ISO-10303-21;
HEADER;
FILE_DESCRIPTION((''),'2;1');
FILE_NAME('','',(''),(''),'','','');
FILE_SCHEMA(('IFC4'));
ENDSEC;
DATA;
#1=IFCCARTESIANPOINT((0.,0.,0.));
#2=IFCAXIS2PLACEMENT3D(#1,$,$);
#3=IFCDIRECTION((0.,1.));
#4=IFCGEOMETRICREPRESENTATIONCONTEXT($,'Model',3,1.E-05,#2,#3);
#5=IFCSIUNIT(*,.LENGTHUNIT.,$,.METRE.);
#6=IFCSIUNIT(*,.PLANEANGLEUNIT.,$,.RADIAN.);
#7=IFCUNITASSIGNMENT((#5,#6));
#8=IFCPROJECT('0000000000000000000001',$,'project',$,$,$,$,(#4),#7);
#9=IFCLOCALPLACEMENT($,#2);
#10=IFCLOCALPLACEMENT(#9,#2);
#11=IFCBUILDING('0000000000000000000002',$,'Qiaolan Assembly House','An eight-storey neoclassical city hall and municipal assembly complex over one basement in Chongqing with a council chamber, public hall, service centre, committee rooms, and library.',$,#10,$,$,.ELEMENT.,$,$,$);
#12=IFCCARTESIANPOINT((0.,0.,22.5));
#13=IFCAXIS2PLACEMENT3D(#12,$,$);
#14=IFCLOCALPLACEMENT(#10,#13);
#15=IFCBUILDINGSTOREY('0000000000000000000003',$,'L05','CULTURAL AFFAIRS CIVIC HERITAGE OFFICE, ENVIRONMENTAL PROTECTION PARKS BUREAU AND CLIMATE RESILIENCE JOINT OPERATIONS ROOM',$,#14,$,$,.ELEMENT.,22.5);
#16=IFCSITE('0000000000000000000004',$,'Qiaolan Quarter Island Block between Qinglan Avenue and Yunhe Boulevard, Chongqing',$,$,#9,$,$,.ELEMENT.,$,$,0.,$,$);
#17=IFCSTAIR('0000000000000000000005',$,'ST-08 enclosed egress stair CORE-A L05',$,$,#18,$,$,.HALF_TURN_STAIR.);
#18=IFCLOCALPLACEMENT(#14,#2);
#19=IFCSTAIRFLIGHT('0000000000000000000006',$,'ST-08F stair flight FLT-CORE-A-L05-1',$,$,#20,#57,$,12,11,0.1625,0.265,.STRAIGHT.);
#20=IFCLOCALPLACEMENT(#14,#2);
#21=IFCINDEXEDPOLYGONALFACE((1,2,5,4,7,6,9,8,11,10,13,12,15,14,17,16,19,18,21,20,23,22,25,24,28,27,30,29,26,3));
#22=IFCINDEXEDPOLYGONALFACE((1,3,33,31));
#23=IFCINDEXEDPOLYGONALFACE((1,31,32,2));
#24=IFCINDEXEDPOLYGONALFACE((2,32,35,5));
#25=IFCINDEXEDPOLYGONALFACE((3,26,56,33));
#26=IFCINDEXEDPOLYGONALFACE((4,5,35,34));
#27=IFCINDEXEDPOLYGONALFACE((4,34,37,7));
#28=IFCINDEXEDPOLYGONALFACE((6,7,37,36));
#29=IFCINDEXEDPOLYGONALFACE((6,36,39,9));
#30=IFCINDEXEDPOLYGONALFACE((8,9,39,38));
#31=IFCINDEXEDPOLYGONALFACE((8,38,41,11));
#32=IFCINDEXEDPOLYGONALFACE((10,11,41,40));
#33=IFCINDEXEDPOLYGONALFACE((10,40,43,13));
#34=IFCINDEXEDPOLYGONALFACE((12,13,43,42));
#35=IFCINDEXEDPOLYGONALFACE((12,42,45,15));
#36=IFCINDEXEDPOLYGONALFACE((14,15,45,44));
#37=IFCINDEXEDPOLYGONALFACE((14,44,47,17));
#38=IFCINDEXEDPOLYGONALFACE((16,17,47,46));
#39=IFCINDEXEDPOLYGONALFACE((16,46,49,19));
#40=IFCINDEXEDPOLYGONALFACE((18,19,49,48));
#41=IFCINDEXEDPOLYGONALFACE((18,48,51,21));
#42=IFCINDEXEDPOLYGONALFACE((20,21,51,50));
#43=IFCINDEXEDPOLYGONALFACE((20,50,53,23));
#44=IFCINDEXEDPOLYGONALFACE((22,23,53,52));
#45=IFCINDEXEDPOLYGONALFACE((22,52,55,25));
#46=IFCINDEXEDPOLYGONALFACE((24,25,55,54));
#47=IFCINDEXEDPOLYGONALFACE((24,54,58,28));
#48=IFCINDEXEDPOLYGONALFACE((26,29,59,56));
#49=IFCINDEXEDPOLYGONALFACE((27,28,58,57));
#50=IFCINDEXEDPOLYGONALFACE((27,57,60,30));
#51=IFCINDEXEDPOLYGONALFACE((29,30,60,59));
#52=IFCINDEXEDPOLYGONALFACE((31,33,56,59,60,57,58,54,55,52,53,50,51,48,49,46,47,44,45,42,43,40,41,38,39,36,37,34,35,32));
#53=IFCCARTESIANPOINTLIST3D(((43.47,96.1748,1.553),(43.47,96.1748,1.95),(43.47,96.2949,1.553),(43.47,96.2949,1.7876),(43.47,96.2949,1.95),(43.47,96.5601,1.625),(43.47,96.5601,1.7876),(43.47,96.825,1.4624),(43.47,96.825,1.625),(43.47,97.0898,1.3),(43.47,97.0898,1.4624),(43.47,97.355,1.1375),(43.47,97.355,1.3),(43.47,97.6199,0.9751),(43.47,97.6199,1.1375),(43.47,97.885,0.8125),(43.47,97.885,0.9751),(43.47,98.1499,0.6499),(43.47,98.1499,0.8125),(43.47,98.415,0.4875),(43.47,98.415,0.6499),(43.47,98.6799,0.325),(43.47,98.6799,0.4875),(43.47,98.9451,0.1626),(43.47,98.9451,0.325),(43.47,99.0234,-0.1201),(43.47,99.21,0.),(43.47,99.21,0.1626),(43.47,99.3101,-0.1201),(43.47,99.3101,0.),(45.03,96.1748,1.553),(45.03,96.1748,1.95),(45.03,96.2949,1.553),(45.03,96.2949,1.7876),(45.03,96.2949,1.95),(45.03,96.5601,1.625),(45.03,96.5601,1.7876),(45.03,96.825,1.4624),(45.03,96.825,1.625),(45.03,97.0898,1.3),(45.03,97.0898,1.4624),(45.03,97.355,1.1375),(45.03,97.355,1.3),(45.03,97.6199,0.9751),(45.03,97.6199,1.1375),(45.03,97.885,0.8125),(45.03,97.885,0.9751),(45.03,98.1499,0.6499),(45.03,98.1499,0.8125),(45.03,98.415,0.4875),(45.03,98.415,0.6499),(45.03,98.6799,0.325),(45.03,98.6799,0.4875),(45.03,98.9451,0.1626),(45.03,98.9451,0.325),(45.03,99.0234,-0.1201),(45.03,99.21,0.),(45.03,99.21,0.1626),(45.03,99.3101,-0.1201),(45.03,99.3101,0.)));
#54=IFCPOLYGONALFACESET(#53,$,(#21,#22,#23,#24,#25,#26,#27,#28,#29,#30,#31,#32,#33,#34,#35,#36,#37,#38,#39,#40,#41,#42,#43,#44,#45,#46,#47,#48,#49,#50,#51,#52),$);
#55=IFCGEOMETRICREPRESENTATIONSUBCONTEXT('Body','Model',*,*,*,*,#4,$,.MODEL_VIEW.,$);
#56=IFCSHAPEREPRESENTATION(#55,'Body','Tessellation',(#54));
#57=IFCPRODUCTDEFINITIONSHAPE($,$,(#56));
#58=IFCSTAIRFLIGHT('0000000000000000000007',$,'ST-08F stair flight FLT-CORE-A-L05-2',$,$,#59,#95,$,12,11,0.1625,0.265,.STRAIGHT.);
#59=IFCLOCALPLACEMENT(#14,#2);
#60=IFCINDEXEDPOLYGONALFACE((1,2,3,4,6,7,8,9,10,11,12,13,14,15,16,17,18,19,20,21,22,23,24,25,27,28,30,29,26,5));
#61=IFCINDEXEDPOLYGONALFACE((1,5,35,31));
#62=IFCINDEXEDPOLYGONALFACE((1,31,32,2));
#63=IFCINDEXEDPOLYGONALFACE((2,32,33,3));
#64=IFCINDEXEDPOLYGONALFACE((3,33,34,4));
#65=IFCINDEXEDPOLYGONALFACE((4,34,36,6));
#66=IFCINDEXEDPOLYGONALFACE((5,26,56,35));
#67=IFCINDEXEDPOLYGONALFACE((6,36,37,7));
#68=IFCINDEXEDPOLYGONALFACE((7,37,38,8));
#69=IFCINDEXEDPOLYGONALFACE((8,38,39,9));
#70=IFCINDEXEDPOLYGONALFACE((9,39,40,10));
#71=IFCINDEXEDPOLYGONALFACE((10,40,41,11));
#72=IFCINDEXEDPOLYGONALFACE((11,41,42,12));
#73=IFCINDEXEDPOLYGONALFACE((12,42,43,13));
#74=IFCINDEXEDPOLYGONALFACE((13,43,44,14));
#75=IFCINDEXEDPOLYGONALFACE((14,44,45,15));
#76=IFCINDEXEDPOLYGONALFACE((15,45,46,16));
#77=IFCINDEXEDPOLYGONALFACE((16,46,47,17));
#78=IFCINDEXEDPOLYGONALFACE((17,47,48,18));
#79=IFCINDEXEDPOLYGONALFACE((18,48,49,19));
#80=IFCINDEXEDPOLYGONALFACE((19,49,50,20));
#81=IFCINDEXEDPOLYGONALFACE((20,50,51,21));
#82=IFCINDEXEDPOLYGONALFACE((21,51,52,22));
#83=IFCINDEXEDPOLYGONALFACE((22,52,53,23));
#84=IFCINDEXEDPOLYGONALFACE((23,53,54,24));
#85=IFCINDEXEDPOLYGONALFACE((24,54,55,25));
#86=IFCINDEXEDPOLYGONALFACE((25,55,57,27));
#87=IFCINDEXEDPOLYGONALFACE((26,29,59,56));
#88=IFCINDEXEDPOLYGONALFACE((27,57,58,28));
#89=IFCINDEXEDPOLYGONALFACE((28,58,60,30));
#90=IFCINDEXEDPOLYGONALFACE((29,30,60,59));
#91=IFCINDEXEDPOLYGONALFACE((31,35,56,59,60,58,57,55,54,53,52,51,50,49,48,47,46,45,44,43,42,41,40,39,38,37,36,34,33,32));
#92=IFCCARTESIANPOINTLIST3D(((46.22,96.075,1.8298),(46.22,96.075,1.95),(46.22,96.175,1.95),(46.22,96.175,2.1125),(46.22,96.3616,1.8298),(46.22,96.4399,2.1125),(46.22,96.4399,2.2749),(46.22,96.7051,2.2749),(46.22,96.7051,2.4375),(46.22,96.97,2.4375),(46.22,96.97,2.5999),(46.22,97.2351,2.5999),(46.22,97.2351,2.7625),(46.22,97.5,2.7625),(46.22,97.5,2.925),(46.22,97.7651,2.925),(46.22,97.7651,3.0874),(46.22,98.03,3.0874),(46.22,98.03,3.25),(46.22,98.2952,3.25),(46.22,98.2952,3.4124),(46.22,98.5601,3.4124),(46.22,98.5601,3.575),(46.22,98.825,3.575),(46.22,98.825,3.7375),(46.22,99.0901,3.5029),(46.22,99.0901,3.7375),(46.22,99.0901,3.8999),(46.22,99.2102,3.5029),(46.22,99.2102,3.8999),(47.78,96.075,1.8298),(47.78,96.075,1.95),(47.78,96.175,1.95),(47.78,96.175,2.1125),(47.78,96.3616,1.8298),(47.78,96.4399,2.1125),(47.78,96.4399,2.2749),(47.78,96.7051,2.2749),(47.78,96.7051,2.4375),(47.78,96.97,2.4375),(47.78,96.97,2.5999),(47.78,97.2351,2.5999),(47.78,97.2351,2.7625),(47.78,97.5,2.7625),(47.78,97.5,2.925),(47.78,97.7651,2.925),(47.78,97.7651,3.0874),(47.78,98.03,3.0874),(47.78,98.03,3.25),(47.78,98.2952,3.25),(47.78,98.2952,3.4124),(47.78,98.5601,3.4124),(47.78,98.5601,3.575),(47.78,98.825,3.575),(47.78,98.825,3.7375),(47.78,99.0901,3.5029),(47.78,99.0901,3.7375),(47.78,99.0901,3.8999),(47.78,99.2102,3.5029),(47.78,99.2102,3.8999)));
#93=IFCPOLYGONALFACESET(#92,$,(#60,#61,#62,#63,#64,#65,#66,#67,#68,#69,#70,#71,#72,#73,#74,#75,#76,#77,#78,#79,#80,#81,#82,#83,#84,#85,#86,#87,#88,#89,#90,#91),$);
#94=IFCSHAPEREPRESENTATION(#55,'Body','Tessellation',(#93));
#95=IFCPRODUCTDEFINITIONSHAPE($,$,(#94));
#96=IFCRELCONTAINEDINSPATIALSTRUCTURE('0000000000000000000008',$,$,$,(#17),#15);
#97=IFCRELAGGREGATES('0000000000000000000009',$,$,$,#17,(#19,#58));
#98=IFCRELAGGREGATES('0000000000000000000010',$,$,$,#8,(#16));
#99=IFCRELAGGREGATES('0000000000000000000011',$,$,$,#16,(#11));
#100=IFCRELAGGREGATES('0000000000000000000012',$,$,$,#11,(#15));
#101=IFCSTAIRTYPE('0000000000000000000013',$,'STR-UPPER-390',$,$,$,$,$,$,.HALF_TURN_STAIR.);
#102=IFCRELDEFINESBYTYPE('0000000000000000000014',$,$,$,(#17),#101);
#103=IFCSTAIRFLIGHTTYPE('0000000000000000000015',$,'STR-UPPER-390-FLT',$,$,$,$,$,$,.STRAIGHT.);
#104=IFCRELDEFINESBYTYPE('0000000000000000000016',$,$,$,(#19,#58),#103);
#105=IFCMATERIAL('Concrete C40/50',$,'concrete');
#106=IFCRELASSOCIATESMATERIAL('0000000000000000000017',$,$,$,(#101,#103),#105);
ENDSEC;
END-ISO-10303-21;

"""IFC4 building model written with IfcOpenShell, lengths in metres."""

from ifc_helpers import new_model, si_unit, direction, frame, origin, place, context, subcontext, project, spatial, polyline, outline, extrude, material, type_object, element, aggregate, save


model = new_model("IFC4")

# Units and contexts
model_context = context("Model", 3, precision=1e-05, world=origin(), true_north=direction((0.0, 1.0)))
body_context = subcontext(model_context, "Body", "Model", "MODEL_VIEW")
ifc_project = project(units=[si_unit("LENGTHUNIT", "METRE"), si_unit("PLANEANGLEUNIT", "RADIAN")], contexts=[model_context])

# Site, building, storey
site_placement = place(None, origin())
site = spatial("IfcSite", under=ifc_project, at=site_placement, Name="Qiaolan Quarter Island Block between Qinglan Avenue and Yunhe Boulevard, Chongqing", CompositionType="ELEMENT", RefElevation=0.0)
building_placement = place(site_placement, origin())
building = spatial("IfcBuilding", under=site, at=building_placement, Name="Qiaolan Assembly House", Description="An eight-storey neoclassical city hall and municipal assembly complex over one basement in Chongqing with a council chamber, public hall, service centre, committee rooms, and library.", CompositionType="ELEMENT")
storey_placement = place(building_placement, frame((0.0, 0.0, 22.5)))
storey = spatial("IfcBuildingStorey", under=building, at=storey_placement, Name="L05", Description="CULTURAL AFFAIRS CIVIC HERITAGE OFFICE, ENVIRONMENTAL PROTECTION PARKS BUREAU AND CLIMATE RESILIENCE JOINT OPERATIONS ROOM", CompositionType="ELEMENT", Elevation=22.5)

# Shared definitions
ifc_material_1 = material(Name="Concrete C40/50", Category="concrete")

# Stair, stair flights
stair_type = type_object("IfcStairType", Name="STR-UPPER-390", PredefinedType="HALF_TURN_STAIR", material=ifc_material_1)
stair_placement = place(storey_placement, origin())
stair = element("IfcStair", 1, at=stair_placement, inside=storey, type_object=stair_type, Name="ST-08 enclosed egress stair CORE-A L05", PredefinedType="HALF_TURN_STAIR")
stair_flight_type = type_object("IfcStairFlightType", Name="STR-UPPER-390-FLT", PredefinedType="STRAIGHT", material=ifc_material_1)
stair_flight_1_placement = place(storey_placement, frame((44.25, 99.21, 0.0), z_axis=(0.0, 0.0, 1.0), x_axis=(0.0, -1.0, 0.0)))
stair_flight_1 = element("IfcStairFlight", 2, at=stair_flight_1_placement, type_object=stair_flight_type, Name="ST-08F stair flight FLT-CORE-A-L05-1", NumberOfRisers=12, NumberOfTreads=11, PredefinedType="STRAIGHT", RiserHeight=0.1625, TreadLength=0.265, context=body_context, shape_type="SweptSolid", body=[
    extrude(outline(polyline([(-0.1001, -0.1201), (-0.1001, 0.0), (0.0, 0.0), (0.0, 0.1626), (0.2649, 0.1626), (0.2649, 0.325), (0.53, 0.325), (0.53, 0.4875), (0.7949, 0.4875), (0.7949, 0.6499), (1.0601, 0.6499), (1.0601, 0.8125), (1.325, 0.8125), (1.325, 0.9751), (1.5901, 0.9751), (1.5901, 1.1375), (1.855, 1.1375), (1.855, 1.3), (2.1201, 1.3), (2.1201, 1.4624), (2.385, 1.4624), (2.385, 1.625), (2.6499, 1.625), (2.6499, 1.7876), (2.915, 1.7876), (2.915, 1.95), (3.0352, 1.95), (3.0352, 1.553), (2.915, 1.553), (0.1865, -0.1201), (-0.1001, -0.1201)])), frame((0.0, 0.78, 0.0), z_axis=(0.0, -1.0, 0.0), x_axis=(1.0, 0.0, 0.0)), (0.0, 0.0, 1.0), 1.5601),
])
stair_flight_2_placement = place(storey_placement, frame((47.0, 96.175, 1.95), z_axis=(0.0, 0.0, 1.0), x_axis=(0.0, 1.0, 0.0)))
stair_flight_2 = element("IfcStairFlight", 3, at=stair_flight_2_placement, type_object=stair_flight_type, Name="ST-08F stair flight FLT-CORE-A-L05-2", NumberOfRisers=12, NumberOfTreads=11, PredefinedType="STRAIGHT", RiserHeight=0.1625, TreadLength=0.265, context=body_context, shape_type="SweptSolid", body=[
    extrude(outline(polyline([(-0.1001, -0.1201), (-0.1001, 0.0), (0.0, 0.0), (0.0, 0.1626), (0.2649, 0.1626), (0.2649, 0.325), (0.53, 0.325), (0.53, 0.4875), (0.7949, 0.4875), (0.7949, 0.6499), (1.0601, 0.6499), (1.0601, 0.8125), (1.325, 0.8125), (1.325, 0.9751), (1.5901, 0.9751), (1.5901, 1.1375), (1.855, 1.1375), (1.855, 1.3), (2.1201, 1.3), (2.1201, 1.4624), (2.385, 1.4624), (2.385, 1.625), (2.6499, 1.625), (2.6499, 1.7876), (2.915, 1.7876), (2.915, 1.95), (3.0352, 1.95), (3.0352, 1.553), (2.915, 1.553), (0.1865, -0.1201), (-0.1001, -0.1201)])), frame((0.0, 0.78, 0.0), z_axis=(0.0, -1.0, 0.0), x_axis=(1.0, 0.0, 0.0)), (0.0, 0.0, 1.0), 1.5601),
])
aggregate(stair, [stair_flight_1, stair_flight_2])

save(model, "model.ifc")
